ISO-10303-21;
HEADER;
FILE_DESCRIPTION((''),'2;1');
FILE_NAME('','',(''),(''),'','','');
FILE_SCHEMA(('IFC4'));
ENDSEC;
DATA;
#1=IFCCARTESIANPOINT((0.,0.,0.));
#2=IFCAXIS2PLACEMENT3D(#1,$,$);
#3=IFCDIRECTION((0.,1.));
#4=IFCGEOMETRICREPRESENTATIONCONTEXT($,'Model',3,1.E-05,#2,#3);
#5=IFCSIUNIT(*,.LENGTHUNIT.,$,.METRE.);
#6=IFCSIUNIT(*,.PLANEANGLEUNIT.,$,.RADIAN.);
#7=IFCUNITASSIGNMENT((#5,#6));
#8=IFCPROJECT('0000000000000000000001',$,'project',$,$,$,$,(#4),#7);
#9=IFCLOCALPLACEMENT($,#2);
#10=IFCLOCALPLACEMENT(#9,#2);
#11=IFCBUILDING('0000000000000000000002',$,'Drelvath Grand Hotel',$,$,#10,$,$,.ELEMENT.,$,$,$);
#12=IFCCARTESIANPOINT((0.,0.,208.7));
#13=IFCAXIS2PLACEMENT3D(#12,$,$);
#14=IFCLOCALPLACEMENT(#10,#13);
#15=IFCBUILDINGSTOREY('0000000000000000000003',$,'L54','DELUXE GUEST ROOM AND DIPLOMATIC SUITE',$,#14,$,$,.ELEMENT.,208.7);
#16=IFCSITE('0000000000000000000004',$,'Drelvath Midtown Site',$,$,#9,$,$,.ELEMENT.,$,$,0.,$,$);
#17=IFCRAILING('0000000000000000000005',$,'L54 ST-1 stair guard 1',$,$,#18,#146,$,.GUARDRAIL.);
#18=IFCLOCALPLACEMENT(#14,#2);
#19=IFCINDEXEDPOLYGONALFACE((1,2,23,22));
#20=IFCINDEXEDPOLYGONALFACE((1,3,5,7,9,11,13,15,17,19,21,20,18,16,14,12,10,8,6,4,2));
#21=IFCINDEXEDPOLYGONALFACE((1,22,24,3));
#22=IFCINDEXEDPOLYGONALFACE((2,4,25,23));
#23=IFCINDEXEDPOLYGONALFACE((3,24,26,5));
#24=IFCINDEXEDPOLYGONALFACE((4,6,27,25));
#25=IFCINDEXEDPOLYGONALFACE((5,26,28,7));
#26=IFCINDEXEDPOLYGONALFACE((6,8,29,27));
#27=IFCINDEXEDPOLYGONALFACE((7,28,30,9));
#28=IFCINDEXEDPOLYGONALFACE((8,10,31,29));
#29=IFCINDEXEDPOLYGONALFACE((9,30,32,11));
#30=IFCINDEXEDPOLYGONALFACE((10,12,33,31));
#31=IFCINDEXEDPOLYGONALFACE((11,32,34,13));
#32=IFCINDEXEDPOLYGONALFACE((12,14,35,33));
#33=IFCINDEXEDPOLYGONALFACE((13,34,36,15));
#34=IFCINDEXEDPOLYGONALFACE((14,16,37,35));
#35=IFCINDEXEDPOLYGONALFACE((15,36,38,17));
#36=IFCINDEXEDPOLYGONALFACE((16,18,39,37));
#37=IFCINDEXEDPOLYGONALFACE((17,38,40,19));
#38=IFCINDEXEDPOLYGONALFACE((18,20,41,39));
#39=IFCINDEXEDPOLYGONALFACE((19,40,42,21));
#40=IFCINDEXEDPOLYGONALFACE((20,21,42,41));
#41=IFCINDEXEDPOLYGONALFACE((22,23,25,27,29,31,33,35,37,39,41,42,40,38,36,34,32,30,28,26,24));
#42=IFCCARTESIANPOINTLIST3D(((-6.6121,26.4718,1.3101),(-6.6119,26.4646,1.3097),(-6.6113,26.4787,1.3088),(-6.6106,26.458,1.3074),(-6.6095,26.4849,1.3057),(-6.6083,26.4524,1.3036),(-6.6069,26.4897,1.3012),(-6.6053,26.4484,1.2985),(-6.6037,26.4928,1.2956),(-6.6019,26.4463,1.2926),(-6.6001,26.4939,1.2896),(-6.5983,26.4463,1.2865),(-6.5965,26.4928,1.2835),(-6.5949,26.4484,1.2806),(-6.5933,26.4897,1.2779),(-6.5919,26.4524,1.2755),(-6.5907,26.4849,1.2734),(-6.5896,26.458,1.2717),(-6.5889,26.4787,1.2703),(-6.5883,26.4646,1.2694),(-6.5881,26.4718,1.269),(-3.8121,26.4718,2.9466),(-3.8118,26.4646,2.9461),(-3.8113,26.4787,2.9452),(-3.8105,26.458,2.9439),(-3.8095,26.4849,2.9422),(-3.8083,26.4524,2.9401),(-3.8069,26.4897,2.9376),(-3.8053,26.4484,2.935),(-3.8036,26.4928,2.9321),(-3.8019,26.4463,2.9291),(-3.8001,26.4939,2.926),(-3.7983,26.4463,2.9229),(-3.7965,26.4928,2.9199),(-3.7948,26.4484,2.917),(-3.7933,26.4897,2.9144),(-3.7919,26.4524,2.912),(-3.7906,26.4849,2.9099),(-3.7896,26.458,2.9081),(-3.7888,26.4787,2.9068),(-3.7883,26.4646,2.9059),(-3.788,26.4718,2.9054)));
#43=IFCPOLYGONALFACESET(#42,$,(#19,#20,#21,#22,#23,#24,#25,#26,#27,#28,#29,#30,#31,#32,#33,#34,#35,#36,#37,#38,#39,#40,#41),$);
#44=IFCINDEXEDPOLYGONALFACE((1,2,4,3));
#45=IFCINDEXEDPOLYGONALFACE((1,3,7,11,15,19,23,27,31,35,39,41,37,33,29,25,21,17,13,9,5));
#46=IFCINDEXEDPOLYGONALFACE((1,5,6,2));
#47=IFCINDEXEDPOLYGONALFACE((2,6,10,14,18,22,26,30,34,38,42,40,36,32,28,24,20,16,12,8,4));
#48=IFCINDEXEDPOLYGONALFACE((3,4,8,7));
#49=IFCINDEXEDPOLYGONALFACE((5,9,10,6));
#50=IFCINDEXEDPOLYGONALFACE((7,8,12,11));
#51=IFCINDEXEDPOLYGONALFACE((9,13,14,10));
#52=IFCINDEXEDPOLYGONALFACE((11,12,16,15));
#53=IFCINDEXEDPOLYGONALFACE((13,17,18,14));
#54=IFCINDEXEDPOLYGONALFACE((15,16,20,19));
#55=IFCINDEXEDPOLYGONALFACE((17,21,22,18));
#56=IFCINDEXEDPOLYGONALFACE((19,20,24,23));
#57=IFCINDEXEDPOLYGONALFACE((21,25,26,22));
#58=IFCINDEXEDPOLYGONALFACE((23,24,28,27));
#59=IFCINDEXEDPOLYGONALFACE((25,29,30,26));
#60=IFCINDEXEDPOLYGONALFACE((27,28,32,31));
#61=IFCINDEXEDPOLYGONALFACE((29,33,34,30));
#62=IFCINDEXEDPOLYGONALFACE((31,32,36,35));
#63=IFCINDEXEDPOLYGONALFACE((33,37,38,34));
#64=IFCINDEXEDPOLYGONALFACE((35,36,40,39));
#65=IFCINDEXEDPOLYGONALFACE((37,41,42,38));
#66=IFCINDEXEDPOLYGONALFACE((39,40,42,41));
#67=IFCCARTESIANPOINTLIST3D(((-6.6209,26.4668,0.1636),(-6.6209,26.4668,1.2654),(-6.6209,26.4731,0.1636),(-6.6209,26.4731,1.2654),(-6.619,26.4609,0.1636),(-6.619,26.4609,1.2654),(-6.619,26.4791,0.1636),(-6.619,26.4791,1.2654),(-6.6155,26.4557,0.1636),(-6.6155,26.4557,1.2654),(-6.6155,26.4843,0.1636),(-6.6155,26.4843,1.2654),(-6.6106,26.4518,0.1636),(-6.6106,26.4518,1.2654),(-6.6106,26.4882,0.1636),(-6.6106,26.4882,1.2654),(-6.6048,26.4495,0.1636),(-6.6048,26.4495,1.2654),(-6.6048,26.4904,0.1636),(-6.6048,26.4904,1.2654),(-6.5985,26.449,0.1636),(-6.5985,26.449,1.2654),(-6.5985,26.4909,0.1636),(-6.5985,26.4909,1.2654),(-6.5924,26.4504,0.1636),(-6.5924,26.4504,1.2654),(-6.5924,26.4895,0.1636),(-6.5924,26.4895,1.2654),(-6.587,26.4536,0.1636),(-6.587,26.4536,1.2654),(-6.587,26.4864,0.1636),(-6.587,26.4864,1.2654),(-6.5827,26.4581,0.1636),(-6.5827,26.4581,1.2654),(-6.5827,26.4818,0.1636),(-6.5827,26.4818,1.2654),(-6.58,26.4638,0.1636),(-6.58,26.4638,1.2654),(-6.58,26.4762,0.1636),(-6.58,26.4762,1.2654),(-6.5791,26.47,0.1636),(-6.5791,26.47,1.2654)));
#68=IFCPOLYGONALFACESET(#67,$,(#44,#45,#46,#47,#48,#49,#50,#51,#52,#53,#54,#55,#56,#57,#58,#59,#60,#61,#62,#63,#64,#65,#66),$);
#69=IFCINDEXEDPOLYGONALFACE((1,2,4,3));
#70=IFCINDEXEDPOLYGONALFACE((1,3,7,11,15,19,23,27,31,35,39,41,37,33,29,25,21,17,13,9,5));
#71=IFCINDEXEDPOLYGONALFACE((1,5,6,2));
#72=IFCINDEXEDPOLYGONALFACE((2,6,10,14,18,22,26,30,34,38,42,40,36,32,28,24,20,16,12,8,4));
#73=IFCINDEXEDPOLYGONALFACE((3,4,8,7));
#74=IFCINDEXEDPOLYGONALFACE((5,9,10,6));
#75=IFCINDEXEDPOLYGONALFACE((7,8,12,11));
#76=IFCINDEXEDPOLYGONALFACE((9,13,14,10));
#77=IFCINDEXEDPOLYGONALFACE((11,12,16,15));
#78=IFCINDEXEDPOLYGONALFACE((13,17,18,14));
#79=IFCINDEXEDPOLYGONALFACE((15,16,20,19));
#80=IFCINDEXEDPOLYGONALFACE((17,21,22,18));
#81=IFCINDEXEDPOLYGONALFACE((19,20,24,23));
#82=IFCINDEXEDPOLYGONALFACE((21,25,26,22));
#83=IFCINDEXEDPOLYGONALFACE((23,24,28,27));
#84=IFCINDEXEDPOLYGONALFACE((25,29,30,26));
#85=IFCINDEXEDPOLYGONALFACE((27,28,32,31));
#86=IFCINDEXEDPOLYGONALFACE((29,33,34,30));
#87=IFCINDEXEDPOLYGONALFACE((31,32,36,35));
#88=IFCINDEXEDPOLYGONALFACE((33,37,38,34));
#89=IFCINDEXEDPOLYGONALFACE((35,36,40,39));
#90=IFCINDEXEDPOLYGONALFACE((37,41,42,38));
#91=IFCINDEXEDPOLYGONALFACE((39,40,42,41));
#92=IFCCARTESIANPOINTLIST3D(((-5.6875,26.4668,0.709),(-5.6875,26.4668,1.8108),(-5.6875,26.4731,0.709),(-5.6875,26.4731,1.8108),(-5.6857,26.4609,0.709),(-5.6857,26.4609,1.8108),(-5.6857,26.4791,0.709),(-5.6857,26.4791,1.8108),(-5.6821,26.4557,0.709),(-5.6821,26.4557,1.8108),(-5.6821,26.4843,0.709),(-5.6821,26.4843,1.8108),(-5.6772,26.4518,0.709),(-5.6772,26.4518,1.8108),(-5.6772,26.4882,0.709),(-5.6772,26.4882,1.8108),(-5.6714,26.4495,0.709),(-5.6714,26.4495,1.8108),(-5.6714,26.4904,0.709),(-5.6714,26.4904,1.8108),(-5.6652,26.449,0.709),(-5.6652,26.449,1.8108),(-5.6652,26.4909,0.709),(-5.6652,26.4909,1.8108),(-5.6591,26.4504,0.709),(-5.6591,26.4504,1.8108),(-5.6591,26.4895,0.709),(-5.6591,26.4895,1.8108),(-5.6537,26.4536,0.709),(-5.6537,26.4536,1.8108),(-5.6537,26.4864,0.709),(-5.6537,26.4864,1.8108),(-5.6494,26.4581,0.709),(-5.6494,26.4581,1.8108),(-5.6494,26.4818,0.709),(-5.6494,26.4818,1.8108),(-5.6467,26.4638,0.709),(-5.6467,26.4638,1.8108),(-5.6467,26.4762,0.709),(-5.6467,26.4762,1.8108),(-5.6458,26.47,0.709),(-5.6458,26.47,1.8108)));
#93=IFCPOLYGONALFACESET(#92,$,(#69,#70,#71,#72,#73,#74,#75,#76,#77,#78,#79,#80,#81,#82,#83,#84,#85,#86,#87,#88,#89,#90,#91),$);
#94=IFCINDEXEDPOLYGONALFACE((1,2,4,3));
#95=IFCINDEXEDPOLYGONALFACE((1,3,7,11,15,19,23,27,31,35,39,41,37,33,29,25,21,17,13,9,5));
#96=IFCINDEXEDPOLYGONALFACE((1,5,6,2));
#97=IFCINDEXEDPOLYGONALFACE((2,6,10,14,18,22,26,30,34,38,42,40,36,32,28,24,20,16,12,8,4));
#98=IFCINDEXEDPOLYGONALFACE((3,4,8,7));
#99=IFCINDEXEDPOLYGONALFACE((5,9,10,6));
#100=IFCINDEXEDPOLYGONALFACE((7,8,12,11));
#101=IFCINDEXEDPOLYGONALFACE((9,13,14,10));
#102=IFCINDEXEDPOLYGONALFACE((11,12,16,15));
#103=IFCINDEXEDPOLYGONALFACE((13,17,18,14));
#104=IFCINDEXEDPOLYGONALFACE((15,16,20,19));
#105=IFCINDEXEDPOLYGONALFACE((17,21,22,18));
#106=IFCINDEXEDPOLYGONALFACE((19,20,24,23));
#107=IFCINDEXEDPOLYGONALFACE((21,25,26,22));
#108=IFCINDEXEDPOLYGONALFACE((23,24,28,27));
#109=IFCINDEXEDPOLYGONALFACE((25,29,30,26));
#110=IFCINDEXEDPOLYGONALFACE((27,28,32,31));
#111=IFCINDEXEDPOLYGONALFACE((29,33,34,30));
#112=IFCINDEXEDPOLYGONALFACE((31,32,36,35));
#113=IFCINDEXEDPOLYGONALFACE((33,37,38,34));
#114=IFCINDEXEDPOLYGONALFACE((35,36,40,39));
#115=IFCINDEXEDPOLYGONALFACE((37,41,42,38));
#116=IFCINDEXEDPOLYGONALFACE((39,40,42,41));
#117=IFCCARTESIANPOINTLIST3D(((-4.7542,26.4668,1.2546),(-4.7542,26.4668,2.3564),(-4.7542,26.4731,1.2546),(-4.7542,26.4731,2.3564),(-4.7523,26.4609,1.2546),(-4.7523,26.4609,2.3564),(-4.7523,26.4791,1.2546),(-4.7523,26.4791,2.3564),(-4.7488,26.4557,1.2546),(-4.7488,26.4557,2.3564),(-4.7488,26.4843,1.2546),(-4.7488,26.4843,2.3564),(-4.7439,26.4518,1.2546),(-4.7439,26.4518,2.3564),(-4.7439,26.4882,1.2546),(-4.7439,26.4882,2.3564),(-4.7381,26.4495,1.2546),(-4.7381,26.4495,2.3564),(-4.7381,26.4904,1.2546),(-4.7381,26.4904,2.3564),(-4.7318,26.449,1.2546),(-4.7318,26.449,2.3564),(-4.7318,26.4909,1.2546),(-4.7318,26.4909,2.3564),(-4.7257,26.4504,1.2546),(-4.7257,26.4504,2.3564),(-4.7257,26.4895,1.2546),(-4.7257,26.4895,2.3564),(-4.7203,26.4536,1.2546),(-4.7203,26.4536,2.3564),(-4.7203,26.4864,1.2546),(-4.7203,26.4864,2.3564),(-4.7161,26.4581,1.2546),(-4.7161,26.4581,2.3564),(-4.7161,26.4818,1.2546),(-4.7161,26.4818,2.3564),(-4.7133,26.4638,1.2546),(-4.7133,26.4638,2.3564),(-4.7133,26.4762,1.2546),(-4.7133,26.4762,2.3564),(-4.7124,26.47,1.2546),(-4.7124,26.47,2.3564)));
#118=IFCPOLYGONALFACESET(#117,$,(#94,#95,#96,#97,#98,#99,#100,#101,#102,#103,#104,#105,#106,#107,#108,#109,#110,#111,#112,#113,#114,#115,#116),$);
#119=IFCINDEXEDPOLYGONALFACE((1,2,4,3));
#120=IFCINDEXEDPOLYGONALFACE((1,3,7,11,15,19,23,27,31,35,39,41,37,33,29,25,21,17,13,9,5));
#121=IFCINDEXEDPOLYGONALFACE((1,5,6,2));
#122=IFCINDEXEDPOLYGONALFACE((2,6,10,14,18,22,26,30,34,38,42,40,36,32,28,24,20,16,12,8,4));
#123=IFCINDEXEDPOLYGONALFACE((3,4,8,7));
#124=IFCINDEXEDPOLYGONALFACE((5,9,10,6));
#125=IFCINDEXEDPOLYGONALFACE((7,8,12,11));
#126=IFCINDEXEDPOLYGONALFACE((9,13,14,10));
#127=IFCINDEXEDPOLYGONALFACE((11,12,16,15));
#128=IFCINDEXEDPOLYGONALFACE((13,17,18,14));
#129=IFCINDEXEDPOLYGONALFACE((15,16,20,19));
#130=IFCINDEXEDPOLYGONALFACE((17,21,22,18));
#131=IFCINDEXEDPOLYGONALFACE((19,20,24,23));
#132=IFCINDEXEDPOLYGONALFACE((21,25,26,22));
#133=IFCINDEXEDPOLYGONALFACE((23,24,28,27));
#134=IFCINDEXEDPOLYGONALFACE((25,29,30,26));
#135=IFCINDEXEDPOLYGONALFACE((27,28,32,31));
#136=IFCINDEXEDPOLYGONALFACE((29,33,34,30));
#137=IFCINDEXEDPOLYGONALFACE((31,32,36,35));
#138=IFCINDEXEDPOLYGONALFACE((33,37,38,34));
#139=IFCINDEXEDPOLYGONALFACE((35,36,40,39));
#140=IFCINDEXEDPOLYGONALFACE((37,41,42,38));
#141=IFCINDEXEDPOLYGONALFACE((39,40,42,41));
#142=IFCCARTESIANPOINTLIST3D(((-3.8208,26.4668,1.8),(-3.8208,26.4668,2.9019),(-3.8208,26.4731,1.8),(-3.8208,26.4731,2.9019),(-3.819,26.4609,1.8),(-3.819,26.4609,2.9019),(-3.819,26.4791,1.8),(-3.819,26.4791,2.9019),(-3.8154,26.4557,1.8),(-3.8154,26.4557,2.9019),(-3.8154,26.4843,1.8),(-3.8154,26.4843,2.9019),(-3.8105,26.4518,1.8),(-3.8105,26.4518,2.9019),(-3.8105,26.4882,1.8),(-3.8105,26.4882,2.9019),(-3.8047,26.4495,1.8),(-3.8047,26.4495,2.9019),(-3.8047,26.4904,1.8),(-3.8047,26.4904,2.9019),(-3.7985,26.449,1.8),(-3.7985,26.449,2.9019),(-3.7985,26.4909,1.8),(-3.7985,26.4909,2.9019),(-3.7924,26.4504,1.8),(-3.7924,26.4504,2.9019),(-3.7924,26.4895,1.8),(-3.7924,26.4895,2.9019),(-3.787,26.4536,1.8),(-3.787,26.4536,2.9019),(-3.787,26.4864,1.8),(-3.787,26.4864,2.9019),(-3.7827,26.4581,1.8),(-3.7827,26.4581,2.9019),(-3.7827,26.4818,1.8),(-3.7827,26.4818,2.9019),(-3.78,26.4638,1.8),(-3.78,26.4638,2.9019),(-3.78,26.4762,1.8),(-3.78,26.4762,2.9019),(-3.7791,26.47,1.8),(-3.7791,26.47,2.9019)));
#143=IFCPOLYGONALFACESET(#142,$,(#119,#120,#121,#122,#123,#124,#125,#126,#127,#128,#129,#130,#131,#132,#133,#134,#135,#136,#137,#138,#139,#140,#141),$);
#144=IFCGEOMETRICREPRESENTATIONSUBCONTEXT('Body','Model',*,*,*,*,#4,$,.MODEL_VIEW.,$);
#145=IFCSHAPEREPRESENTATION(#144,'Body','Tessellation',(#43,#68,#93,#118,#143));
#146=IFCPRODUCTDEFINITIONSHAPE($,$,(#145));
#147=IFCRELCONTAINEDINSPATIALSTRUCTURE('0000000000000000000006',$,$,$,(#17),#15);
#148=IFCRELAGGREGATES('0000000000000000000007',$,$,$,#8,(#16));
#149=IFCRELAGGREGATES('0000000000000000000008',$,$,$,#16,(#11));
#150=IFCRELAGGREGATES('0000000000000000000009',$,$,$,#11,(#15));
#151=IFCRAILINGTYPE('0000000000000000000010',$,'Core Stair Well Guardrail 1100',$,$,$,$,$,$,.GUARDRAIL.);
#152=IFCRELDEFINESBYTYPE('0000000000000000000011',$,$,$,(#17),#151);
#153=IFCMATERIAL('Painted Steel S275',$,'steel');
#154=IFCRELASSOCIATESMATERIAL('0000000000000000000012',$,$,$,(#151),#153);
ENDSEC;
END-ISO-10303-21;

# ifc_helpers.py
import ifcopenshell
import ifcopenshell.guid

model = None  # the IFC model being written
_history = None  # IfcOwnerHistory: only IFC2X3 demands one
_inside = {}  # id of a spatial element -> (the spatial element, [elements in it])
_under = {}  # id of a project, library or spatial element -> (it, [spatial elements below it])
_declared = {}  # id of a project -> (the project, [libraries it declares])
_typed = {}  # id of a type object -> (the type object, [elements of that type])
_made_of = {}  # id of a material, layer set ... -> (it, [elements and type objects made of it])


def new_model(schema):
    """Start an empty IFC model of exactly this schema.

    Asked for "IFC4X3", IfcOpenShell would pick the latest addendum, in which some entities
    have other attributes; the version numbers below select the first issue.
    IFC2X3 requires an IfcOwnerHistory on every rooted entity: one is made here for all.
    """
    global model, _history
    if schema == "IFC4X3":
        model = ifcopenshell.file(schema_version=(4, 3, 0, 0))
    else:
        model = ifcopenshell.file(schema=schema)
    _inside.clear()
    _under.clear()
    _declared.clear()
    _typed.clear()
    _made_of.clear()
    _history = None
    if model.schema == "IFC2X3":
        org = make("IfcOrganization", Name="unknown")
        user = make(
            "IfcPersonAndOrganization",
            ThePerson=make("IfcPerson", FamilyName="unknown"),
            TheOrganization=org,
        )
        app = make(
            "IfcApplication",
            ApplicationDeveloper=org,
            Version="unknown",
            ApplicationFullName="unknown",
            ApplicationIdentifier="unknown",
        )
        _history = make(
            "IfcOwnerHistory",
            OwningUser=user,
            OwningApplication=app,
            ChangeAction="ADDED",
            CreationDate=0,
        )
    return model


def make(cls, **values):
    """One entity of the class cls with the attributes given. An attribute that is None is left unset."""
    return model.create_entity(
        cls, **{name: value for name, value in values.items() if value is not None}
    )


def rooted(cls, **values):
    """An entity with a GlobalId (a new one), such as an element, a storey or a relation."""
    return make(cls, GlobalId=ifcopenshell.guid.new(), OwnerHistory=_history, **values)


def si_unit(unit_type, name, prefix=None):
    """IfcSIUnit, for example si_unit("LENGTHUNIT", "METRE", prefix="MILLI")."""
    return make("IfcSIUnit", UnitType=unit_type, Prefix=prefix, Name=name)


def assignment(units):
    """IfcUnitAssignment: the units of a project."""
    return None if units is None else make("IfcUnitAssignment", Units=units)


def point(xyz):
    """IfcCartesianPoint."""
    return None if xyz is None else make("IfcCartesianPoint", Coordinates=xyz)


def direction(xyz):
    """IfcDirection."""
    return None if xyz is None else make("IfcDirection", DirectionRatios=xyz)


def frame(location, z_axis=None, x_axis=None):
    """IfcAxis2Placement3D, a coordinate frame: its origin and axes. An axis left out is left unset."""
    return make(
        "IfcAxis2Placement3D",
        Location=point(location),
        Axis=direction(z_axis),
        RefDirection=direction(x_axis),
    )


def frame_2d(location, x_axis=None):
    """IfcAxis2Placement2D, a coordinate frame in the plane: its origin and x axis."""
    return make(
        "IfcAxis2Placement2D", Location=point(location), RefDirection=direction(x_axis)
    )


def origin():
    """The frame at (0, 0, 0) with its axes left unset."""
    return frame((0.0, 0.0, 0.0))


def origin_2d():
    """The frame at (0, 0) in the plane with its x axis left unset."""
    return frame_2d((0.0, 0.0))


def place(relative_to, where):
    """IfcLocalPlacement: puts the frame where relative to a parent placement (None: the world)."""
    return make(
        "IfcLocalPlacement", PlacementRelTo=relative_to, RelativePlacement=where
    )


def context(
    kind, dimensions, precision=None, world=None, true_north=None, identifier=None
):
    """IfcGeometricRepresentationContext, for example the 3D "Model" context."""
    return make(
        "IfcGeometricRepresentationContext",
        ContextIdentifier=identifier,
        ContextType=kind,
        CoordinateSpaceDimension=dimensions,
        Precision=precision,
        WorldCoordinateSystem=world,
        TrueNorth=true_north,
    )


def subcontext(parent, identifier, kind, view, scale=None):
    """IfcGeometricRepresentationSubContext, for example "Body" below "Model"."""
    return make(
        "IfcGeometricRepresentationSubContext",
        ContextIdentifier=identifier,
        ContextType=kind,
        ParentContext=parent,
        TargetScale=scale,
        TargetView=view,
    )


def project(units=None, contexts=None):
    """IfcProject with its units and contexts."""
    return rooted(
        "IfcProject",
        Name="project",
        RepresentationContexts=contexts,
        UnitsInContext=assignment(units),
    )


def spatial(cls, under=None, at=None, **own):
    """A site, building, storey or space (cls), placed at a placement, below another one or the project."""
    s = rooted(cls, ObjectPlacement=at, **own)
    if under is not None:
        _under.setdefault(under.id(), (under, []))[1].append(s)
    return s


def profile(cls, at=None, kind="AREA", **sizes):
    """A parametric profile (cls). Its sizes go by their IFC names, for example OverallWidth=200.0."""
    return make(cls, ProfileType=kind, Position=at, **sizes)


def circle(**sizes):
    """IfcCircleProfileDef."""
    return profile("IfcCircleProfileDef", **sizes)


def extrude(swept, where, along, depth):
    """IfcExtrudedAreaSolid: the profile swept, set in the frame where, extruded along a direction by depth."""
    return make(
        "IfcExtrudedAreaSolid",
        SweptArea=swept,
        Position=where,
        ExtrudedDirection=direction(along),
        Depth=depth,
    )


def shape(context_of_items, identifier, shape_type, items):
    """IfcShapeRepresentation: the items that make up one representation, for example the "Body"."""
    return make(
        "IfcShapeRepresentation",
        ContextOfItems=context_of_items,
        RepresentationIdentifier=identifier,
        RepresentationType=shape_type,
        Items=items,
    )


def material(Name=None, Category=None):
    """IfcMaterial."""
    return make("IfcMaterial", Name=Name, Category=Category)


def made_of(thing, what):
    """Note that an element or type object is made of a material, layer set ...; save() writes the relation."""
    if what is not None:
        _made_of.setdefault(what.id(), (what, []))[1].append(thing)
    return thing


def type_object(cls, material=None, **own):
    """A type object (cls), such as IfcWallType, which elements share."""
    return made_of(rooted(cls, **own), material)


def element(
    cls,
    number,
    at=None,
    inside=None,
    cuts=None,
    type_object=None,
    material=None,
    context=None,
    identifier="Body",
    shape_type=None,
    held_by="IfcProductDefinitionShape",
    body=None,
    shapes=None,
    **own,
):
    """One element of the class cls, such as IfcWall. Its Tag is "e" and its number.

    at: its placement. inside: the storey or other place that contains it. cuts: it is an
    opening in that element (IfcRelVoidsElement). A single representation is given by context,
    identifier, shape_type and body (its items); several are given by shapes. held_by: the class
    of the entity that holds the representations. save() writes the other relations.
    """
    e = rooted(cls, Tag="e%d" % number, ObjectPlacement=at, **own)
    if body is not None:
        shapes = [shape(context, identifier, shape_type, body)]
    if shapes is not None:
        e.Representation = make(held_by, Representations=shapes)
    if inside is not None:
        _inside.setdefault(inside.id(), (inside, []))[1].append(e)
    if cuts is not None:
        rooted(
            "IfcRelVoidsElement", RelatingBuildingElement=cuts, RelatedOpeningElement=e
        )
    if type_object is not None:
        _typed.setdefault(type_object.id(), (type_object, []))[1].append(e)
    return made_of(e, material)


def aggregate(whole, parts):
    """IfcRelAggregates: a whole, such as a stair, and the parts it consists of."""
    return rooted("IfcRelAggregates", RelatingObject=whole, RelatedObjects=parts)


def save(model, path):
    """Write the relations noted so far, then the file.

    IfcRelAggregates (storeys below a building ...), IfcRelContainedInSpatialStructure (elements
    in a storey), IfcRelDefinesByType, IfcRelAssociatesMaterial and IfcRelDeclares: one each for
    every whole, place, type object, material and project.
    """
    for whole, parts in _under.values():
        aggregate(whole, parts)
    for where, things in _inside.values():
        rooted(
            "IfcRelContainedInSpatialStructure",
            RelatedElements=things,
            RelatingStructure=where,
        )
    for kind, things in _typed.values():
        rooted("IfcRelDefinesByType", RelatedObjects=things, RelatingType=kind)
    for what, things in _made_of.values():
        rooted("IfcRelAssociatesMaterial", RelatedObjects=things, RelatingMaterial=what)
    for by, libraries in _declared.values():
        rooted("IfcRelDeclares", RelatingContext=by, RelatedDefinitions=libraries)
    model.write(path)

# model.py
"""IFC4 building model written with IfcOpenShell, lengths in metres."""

from ifc_helpers import new_model, si_unit, direction, frame, origin, origin_2d, place, context, subcontext, project, spatial, circle, extrude, material, type_object, element, save


model = new_model("IFC4")

# Units and contexts
model_context = context("Model", 3, precision=1e-05, world=origin(), true_north=direction((0.0, 1.0)))
body_context = subcontext(model_context, "Body", "Model", "MODEL_VIEW")
ifc_project = project(units=[si_unit("LENGTHUNIT", "METRE"), si_unit("PLANEANGLEUNIT", "RADIAN")], contexts=[model_context])

# Site, building, storey
site_placement = place(None, origin())
site = spatial("IfcSite", under=ifc_project, at=site_placement, Name="Drelvath Midtown Site", CompositionType="ELEMENT", RefElevation=0.0)
building_placement = place(site_placement, origin())
building = spatial("IfcBuilding", under=site, at=building_placement, Name="Drelvath Grand Hotel", CompositionType="ELEMENT")
storey_placement = place(building_placement, frame((0.0, 0.0, 208.7)))
storey = spatial("IfcBuildingStorey", under=building, at=storey_placement, Name="L54", Description="DELUXE GUEST ROOM AND DIPLOMATIC SUITE", CompositionType="ELEMENT", Elevation=208.7)

# Shared definitions
ifc_material_1 = material(Name="Painted Steel S275", Category="steel")

# Railing
railing_type_1 = type_object("IfcRailingType", Name="Core Stair Well Guardrail 1100", PredefinedType="GUARDRAIL", material=ifc_material_1)
railing_1_placement = place(storey_placement, frame((-6.6001, 26.47, 0.1636)))
element("IfcRailing", 1, at=railing_1_placement, inside=storey, type_object=railing_type_1, Name="L54 ST-1 stair guard 1", PredefinedType="GUARDRAIL", context=body_context, shape_type="SweptSolid", body=[
    extrude(circle(Radius=0.0239, at=origin_2d()), frame((0.0, 0.0, 1.126), z_axis=(0.863361, 0.0, 0.504587), x_axis=(0.0, 1.0, 0.0)), (0.0, 0.0, 1.0), 3.2432),
    extrude(circle(Radius=0.021, at=origin_2d()), origin(), (0.0, 0.0, 1.0), 1.1018),
    extrude(circle(Radius=0.021, at=origin_2d()), frame((0.9333, 0.0, 0.5454)), (0.0, 0.0, 1.0), 1.1018),
    extrude(circle(Radius=0.021, at=origin_2d()), frame((1.8667, 0.0, 1.0911)), (0.0, 0.0, 1.0), 1.1018),
    extrude(circle(Radius=0.021, at=origin_2d()), frame((2.8, 0.0, 1.6365)), (0.0, 0.0, 1.0), 1.1018),
])

save(model, "model.ifc")
